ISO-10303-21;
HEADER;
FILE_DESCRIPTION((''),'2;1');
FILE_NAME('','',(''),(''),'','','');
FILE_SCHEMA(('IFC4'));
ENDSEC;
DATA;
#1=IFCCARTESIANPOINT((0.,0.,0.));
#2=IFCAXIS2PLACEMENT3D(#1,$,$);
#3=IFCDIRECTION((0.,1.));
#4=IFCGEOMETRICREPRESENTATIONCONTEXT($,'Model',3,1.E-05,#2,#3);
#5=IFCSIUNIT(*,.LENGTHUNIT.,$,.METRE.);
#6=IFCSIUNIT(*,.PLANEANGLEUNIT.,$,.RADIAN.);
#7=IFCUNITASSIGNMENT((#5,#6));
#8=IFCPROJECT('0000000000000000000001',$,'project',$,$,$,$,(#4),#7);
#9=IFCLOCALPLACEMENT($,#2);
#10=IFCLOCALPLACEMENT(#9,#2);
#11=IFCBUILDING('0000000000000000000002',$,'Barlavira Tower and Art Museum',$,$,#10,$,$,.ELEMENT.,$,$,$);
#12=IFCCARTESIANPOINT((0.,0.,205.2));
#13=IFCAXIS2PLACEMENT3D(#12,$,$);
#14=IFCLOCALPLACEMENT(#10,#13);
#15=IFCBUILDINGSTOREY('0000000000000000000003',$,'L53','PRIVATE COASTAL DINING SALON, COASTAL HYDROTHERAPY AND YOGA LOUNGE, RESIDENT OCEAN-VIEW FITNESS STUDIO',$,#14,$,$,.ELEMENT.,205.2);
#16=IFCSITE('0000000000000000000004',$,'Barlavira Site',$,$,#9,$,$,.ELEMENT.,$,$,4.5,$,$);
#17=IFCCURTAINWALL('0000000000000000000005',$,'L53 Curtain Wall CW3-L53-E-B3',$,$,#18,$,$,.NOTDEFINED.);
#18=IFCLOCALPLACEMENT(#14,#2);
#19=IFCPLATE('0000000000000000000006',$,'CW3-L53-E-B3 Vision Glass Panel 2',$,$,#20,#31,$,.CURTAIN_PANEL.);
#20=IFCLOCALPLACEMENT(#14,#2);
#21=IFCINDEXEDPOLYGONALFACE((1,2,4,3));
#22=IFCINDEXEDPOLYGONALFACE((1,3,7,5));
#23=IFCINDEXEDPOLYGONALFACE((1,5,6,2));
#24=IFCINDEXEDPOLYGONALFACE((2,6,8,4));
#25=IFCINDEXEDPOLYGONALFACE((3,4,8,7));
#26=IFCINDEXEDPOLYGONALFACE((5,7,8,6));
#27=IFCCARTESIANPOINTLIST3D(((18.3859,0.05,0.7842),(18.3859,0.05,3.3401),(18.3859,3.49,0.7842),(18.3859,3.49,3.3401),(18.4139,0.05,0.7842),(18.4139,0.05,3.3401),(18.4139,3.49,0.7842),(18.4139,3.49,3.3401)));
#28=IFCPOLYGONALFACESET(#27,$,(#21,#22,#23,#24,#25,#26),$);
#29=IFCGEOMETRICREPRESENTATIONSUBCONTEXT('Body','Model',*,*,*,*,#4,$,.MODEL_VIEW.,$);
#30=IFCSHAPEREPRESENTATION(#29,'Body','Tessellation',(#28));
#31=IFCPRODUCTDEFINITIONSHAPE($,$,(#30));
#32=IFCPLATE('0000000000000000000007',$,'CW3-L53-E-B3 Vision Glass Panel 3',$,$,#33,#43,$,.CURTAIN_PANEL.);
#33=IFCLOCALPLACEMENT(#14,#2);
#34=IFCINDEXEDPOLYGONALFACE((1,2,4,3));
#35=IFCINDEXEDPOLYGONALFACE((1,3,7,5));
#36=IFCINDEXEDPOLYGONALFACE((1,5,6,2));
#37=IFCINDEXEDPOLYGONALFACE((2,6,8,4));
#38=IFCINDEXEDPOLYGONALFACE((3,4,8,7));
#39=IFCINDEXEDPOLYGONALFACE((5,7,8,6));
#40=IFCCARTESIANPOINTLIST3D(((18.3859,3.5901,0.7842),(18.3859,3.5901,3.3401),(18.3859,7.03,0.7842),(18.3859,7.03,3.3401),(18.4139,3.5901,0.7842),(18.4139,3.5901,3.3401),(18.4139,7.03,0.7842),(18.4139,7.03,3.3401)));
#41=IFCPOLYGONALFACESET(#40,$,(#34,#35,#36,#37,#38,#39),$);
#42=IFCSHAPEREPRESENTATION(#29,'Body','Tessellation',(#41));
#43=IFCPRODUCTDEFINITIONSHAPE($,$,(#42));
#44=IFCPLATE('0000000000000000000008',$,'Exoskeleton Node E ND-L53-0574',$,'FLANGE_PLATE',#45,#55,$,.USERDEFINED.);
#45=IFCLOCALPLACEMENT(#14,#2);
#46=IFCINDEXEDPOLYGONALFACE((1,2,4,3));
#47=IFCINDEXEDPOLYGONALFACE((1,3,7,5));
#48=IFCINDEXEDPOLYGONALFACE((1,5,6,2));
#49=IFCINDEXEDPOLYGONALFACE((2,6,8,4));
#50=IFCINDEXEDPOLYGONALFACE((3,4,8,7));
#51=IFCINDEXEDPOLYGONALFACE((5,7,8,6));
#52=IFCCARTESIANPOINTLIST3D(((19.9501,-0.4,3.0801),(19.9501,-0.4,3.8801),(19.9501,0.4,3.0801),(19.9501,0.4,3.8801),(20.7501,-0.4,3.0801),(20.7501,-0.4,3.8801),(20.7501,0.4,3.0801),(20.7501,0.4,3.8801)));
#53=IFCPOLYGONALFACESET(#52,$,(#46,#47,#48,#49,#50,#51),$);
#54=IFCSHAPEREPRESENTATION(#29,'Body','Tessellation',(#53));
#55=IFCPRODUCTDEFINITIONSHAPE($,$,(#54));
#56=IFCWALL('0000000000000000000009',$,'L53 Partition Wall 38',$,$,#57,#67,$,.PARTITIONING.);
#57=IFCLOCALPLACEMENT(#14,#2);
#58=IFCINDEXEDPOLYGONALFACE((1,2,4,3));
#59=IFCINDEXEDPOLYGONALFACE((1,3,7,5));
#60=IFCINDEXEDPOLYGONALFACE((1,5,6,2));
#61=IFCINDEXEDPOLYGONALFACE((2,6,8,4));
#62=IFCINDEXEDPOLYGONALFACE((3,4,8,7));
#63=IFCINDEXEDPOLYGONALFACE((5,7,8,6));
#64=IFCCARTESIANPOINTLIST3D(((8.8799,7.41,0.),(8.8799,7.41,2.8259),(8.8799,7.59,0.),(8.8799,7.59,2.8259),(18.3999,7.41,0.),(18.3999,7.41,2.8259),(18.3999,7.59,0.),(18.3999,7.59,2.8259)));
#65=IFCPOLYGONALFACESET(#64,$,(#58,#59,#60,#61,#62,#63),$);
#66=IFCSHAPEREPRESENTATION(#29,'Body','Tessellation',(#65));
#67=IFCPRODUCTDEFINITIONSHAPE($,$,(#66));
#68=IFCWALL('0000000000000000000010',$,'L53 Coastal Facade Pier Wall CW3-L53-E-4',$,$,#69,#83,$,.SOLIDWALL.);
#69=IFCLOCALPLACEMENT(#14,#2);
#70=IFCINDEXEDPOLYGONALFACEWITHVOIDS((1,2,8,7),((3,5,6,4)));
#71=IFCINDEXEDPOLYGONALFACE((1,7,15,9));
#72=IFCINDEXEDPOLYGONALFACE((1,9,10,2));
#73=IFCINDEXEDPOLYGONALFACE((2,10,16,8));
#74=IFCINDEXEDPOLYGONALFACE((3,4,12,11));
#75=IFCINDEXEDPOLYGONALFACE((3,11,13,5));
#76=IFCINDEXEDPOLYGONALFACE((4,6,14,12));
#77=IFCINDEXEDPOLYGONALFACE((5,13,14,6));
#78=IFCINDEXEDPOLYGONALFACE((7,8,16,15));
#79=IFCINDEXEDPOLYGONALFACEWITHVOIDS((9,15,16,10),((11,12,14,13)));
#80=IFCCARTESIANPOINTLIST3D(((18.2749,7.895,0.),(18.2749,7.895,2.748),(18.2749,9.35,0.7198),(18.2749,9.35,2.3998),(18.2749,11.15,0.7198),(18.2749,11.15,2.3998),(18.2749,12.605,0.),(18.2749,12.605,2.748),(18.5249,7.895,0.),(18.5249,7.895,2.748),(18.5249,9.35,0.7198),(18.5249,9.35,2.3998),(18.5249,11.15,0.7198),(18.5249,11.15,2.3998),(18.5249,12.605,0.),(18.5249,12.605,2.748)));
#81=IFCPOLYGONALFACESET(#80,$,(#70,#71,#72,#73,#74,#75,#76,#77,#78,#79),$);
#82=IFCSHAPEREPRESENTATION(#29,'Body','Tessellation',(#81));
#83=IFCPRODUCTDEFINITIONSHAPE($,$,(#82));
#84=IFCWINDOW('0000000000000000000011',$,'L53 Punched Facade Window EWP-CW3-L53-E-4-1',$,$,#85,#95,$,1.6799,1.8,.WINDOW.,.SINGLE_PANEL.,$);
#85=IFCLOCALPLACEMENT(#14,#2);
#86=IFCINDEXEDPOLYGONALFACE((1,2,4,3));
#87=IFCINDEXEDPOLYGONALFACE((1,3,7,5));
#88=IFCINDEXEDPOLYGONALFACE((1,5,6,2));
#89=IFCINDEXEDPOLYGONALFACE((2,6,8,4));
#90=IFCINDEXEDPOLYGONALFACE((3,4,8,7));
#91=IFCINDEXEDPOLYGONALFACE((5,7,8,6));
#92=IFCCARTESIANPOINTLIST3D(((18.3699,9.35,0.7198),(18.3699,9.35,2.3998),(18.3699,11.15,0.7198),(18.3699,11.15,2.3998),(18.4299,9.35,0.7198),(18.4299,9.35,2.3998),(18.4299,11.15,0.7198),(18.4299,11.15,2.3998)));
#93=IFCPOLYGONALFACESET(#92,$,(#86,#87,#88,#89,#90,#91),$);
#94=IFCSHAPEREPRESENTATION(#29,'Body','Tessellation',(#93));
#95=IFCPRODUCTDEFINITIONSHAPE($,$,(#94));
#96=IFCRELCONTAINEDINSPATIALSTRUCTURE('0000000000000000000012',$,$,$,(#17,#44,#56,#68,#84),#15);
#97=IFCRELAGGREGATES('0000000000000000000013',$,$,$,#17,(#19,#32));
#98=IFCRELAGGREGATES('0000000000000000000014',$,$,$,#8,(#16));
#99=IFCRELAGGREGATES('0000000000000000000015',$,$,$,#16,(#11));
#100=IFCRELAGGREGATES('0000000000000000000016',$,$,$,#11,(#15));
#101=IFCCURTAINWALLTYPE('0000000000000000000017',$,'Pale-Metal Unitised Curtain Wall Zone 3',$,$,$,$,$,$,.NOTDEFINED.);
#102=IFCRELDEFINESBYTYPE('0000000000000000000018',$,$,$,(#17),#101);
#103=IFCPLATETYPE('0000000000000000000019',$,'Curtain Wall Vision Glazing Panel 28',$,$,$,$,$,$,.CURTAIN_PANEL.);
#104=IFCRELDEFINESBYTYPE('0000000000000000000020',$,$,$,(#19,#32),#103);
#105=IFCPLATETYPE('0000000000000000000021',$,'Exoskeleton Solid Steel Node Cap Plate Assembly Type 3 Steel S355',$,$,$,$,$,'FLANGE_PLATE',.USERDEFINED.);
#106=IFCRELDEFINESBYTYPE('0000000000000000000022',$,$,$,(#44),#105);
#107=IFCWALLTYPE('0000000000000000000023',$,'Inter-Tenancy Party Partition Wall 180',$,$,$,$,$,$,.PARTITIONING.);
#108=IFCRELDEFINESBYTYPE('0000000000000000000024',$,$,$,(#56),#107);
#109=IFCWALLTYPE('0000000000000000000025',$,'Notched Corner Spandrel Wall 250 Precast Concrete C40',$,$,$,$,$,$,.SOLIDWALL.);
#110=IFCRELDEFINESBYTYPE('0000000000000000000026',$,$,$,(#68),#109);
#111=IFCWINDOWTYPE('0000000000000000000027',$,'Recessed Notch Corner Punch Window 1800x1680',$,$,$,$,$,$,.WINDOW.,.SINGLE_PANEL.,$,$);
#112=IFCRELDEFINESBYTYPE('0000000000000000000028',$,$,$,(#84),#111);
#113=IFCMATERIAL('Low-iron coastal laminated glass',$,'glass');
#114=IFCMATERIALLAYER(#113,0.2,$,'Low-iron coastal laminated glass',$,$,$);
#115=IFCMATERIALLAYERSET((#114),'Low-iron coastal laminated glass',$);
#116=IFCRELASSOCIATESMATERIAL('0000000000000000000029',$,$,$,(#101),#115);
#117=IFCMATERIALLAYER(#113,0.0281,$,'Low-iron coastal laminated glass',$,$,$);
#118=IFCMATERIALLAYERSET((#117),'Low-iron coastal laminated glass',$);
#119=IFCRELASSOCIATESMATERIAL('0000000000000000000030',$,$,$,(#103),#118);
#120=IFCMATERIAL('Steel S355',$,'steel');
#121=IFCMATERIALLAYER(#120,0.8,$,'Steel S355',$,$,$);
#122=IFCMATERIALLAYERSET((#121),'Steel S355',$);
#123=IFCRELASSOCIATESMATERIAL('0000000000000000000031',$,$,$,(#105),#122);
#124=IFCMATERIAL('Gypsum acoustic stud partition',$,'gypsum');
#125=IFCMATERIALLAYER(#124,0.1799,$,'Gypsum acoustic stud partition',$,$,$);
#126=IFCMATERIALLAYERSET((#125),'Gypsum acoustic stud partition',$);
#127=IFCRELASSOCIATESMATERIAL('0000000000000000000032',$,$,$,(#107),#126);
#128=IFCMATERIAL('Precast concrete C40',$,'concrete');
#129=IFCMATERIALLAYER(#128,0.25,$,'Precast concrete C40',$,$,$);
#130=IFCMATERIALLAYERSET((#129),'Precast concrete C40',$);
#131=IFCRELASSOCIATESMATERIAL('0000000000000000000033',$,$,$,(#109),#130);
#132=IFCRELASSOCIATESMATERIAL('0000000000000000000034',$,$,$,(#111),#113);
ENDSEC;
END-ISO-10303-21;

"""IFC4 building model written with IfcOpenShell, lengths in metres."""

from ifc_helpers import new_model, si_unit, direction, frame, frame_2d, origin, origin_2d, place, context, subcontext, project, spatial, rectangle, extrude, material, layer, layer_set, type_object, element, fill, aggregate, save


model = new_model("IFC4")

# Units and contexts
model_context = context("Model", 3, precision=1e-05, world=origin(), true_north=direction((0.0, 1.0)))
body_context = subcontext(model_context, "Body", "Model", "MODEL_VIEW")
ifc_project = project(units=[si_unit("LENGTHUNIT", "METRE"), si_unit("PLANEANGLEUNIT", "RADIAN")], contexts=[model_context])

# Site, building, storey
site_placement = place(None, origin())
site = spatial("IfcSite", under=ifc_project, at=site_placement, Name="Barlavira Site", CompositionType="ELEMENT", RefElevation=4.5)
building_placement = place(site_placement, origin())
building = spatial("IfcBuilding", under=site, at=building_placement, Name="Barlavira Tower and Art Museum", CompositionType="ELEMENT")
storey_placement = place(building_placement, frame((0.0, 0.0, 205.2)))
storey = spatial("IfcBuildingStorey", under=building, at=storey_placement, Name="L53", Description="PRIVATE COASTAL DINING SALON, COASTAL HYDROTHERAPY AND YOGA LOUNGE, RESIDENT OCEAN-VIEW FITNESS STUDIO", CompositionType="ELEMENT", Elevation=205.2)

# Curtain wall
ifc_material_1 = material(Name="Low-iron coastal laminated glass", Category="glass")
ifc_layer_1 = layer(ifc_material_1, 0.2, Name="Low-iron coastal laminated glass")
ifc_layer_set_1 = layer_set([ifc_layer_1], Name="Low-iron coastal laminated glass")
curtain_wall_type = type_object("IfcCurtainWallType", Name="Pale-Metal Unitised Curtain Wall Zone 3", PredefinedType="NOTDEFINED", material=ifc_layer_set_1)
curtain_wall_placement = place(storey_placement, origin())
curtain_wall = element("IfcCurtainWall", 1, at=curtain_wall_placement, inside=storey, type_object=curtain_wall_type, Name="L53 Curtain Wall CW3-L53-E-B3", PredefinedType="NOTDEFINED")

# Shared definitions
ifc_material_2 = material(Name="Steel S355", Category="steel")

# Plates
ifc_layer_2 = layer(ifc_material_1, 0.0281, Name="Low-iron coastal laminated glass")
ifc_layer_set_2 = layer_set([ifc_layer_2], Name="Low-iron coastal laminated glass")
plate_type_1 = type_object("IfcPlateType", Name="Curtain Wall Vision Glazing Panel 28", PredefinedType="CURTAIN_PANEL", material=ifc_layer_set_2)
plate_1_placement = place(storey_placement, frame((18.3999, 1.77, 0.7842), z_axis=(0.0, 0.0, 1.0), x_axis=(0.0, 1.0, 0.0)))
plate_1 = element("IfcPlate", 2, at=plate_1_placement, type_object=plate_type_1, Name="CW3-L53-E-B3 Vision Glass Panel 2", PredefinedType="CURTAIN_PANEL", context=body_context, shape_type="SweptSolid", body=[
    extrude(rectangle(XDim=3.4399, YDim=0.0281, at=origin_2d()), origin(), (0.0, 0.0, 1.0), 2.5559),
])
plate_2_placement = place(storey_placement, frame((18.3999, 5.3101, 0.7842), z_axis=(0.0, 0.0, 1.0), x_axis=(0.0, 1.0, 0.0)))
plate_2 = element("IfcPlate", 3, at=plate_2_placement, type_object=plate_type_1, Name="CW3-L53-E-B3 Vision Glass Panel 3", PredefinedType="CURTAIN_PANEL", context=body_context, shape_type="SweptSolid", body=[
    extrude(rectangle(XDim=3.4399, YDim=0.0281, at=origin_2d()), origin(), (0.0, 0.0, 1.0), 2.5559),
])
aggregate(curtain_wall, [plate_1, plate_2])
ifc_layer_3 = layer(ifc_material_2, 0.8, Name="Steel S355")
ifc_layer_set_3 = layer_set([ifc_layer_3], Name="Steel S355")
plate_type_2 = type_object("IfcPlateType", Name="Exoskeleton Solid Steel Node Cap Plate Assembly Type 3 Steel S355", ElementType="FLANGE_PLATE", PredefinedType="USERDEFINED", material=ifc_layer_set_3)
plate_3_placement = place(storey_placement, frame((20.3501, 0.0, 3.0801), z_axis=(0.0, 0.0, 1.0), x_axis=(1.0, 0.0, 0.0)))
element("IfcPlate", 4, at=plate_3_placement, inside=storey, type_object=plate_type_2, Name="Exoskeleton Node E ND-L53-0574", ObjectType="FLANGE_PLATE", PredefinedType="USERDEFINED", context=body_context, shape_type="SweptSolid", body=[
    extrude(rectangle(XDim=0.8, YDim=0.8, at=origin_2d()), origin(), (0.0, 0.0, 1.0), 0.8),
])

# Wall
ifc_material_3 = material(Name="Gypsum acoustic stud partition", Category="gypsum")
ifc_layer_4 = layer(ifc_material_3, 0.1799, Name="Gypsum acoustic stud partition")
ifc_layer_set_4 = layer_set([ifc_layer_4], Name="Gypsum acoustic stud partition")
wall_type_1 = type_object("IfcWallType", Name="Inter-Tenancy Party Partition Wall 180", PredefinedType="PARTITIONING", material=ifc_layer_set_4)
wall_1_placement = place(storey_placement, frame((8.8799, 7.5, 0.0), z_axis=(0.0, 0.0, 1.0), x_axis=(1.0, 0.0, 0.0)))
element("IfcWall", 5, at=wall_1_placement, inside=storey, type_object=wall_type_1, Name="L53 Partition Wall 38", PredefinedType="PARTITIONING", context=body_context, shape_type="SweptSolid", body=[
    extrude(rectangle(XDim=9.52, YDim=0.1799, at=frame_2d((4.76, 0.0))), origin(), (0.0, 0.0, 1.0), 2.8259),
])

# Wall, opening, window
ifc_material_4 = material(Name="Precast concrete C40", Category="concrete")
ifc_layer_5 = layer(ifc_material_4, 0.25, Name="Precast concrete C40")
ifc_layer_set_5 = layer_set([ifc_layer_5], Name="Precast concrete C40")
wall_type_2 = type_object("IfcWallType", Name="Notched Corner Spandrel Wall 250 Precast Concrete C40", PredefinedType="SOLIDWALL", material=ifc_layer_set_5)
wall_2_placement = place(storey_placement, frame((18.3999, 7.895, 0.0), z_axis=(0.0, 0.0, 1.0), x_axis=(0.0, 1.0, 0.0)))
wall_2 = element("IfcWall", 6, at=wall_2_placement, inside=storey, type_object=wall_type_2, Name="L53 Coastal Facade Pier Wall CW3-L53-E-4", PredefinedType="SOLIDWALL", context=body_context, shape_type="SweptSolid", body=[
    extrude(rectangle(XDim=4.71, YDim=0.25, at=frame_2d((2.355, 0.0))), origin(), (0.0, 0.0, 1.0), 2.748),
])
opening_placement = place(wall_2_placement, frame((1.4551, 0.0, 0.72)))
opening = element("IfcOpeningElement", 7, at=opening_placement, cuts=wall_2, PredefinedType="OPENING", context=body_context, shape_type="SweptSolid", body=[
    extrude(rectangle(XDim=1.8, YDim=1.6799, at=frame_2d((0.8999, 0.8398))), frame((0.0, 0.135, 0.0), z_axis=(0.0, -1.0, 0.0), x_axis=(1.0, 0.0, 0.0)), (0.0, 0.0, 1.0), 0.27),
])
window_type = type_object("IfcWindowType", Name="Recessed Notch Corner Punch Window 1800x1680", PartitioningType="SINGLE_PANEL", PredefinedType="WINDOW", material=ifc_material_1)
window_placement = place(opening_placement, origin())
window = element("IfcWindow", 8, at=window_placement, inside=storey, type_object=window_type, Name="L53 Punched Facade Window EWP-CW3-L53-E-4-1", OverallHeight=1.6799, OverallWidth=1.8, PartitioningType="SINGLE_PANEL", PredefinedType="WINDOW", context=body_context, shape_type="SweptSolid", body=[
    extrude(rectangle(XDim=1.8, YDim=1.6799, at=frame_2d((0.8999, 0.8398))), frame((0.0, 0.03, 0.0), z_axis=(0.0, -1.0, 0.0), x_axis=(1.0, 0.0, 0.0)), (0.0, 0.0, 1.0), 0.0601),
])
fill(opening, window)

save(model, "model.ifc")
